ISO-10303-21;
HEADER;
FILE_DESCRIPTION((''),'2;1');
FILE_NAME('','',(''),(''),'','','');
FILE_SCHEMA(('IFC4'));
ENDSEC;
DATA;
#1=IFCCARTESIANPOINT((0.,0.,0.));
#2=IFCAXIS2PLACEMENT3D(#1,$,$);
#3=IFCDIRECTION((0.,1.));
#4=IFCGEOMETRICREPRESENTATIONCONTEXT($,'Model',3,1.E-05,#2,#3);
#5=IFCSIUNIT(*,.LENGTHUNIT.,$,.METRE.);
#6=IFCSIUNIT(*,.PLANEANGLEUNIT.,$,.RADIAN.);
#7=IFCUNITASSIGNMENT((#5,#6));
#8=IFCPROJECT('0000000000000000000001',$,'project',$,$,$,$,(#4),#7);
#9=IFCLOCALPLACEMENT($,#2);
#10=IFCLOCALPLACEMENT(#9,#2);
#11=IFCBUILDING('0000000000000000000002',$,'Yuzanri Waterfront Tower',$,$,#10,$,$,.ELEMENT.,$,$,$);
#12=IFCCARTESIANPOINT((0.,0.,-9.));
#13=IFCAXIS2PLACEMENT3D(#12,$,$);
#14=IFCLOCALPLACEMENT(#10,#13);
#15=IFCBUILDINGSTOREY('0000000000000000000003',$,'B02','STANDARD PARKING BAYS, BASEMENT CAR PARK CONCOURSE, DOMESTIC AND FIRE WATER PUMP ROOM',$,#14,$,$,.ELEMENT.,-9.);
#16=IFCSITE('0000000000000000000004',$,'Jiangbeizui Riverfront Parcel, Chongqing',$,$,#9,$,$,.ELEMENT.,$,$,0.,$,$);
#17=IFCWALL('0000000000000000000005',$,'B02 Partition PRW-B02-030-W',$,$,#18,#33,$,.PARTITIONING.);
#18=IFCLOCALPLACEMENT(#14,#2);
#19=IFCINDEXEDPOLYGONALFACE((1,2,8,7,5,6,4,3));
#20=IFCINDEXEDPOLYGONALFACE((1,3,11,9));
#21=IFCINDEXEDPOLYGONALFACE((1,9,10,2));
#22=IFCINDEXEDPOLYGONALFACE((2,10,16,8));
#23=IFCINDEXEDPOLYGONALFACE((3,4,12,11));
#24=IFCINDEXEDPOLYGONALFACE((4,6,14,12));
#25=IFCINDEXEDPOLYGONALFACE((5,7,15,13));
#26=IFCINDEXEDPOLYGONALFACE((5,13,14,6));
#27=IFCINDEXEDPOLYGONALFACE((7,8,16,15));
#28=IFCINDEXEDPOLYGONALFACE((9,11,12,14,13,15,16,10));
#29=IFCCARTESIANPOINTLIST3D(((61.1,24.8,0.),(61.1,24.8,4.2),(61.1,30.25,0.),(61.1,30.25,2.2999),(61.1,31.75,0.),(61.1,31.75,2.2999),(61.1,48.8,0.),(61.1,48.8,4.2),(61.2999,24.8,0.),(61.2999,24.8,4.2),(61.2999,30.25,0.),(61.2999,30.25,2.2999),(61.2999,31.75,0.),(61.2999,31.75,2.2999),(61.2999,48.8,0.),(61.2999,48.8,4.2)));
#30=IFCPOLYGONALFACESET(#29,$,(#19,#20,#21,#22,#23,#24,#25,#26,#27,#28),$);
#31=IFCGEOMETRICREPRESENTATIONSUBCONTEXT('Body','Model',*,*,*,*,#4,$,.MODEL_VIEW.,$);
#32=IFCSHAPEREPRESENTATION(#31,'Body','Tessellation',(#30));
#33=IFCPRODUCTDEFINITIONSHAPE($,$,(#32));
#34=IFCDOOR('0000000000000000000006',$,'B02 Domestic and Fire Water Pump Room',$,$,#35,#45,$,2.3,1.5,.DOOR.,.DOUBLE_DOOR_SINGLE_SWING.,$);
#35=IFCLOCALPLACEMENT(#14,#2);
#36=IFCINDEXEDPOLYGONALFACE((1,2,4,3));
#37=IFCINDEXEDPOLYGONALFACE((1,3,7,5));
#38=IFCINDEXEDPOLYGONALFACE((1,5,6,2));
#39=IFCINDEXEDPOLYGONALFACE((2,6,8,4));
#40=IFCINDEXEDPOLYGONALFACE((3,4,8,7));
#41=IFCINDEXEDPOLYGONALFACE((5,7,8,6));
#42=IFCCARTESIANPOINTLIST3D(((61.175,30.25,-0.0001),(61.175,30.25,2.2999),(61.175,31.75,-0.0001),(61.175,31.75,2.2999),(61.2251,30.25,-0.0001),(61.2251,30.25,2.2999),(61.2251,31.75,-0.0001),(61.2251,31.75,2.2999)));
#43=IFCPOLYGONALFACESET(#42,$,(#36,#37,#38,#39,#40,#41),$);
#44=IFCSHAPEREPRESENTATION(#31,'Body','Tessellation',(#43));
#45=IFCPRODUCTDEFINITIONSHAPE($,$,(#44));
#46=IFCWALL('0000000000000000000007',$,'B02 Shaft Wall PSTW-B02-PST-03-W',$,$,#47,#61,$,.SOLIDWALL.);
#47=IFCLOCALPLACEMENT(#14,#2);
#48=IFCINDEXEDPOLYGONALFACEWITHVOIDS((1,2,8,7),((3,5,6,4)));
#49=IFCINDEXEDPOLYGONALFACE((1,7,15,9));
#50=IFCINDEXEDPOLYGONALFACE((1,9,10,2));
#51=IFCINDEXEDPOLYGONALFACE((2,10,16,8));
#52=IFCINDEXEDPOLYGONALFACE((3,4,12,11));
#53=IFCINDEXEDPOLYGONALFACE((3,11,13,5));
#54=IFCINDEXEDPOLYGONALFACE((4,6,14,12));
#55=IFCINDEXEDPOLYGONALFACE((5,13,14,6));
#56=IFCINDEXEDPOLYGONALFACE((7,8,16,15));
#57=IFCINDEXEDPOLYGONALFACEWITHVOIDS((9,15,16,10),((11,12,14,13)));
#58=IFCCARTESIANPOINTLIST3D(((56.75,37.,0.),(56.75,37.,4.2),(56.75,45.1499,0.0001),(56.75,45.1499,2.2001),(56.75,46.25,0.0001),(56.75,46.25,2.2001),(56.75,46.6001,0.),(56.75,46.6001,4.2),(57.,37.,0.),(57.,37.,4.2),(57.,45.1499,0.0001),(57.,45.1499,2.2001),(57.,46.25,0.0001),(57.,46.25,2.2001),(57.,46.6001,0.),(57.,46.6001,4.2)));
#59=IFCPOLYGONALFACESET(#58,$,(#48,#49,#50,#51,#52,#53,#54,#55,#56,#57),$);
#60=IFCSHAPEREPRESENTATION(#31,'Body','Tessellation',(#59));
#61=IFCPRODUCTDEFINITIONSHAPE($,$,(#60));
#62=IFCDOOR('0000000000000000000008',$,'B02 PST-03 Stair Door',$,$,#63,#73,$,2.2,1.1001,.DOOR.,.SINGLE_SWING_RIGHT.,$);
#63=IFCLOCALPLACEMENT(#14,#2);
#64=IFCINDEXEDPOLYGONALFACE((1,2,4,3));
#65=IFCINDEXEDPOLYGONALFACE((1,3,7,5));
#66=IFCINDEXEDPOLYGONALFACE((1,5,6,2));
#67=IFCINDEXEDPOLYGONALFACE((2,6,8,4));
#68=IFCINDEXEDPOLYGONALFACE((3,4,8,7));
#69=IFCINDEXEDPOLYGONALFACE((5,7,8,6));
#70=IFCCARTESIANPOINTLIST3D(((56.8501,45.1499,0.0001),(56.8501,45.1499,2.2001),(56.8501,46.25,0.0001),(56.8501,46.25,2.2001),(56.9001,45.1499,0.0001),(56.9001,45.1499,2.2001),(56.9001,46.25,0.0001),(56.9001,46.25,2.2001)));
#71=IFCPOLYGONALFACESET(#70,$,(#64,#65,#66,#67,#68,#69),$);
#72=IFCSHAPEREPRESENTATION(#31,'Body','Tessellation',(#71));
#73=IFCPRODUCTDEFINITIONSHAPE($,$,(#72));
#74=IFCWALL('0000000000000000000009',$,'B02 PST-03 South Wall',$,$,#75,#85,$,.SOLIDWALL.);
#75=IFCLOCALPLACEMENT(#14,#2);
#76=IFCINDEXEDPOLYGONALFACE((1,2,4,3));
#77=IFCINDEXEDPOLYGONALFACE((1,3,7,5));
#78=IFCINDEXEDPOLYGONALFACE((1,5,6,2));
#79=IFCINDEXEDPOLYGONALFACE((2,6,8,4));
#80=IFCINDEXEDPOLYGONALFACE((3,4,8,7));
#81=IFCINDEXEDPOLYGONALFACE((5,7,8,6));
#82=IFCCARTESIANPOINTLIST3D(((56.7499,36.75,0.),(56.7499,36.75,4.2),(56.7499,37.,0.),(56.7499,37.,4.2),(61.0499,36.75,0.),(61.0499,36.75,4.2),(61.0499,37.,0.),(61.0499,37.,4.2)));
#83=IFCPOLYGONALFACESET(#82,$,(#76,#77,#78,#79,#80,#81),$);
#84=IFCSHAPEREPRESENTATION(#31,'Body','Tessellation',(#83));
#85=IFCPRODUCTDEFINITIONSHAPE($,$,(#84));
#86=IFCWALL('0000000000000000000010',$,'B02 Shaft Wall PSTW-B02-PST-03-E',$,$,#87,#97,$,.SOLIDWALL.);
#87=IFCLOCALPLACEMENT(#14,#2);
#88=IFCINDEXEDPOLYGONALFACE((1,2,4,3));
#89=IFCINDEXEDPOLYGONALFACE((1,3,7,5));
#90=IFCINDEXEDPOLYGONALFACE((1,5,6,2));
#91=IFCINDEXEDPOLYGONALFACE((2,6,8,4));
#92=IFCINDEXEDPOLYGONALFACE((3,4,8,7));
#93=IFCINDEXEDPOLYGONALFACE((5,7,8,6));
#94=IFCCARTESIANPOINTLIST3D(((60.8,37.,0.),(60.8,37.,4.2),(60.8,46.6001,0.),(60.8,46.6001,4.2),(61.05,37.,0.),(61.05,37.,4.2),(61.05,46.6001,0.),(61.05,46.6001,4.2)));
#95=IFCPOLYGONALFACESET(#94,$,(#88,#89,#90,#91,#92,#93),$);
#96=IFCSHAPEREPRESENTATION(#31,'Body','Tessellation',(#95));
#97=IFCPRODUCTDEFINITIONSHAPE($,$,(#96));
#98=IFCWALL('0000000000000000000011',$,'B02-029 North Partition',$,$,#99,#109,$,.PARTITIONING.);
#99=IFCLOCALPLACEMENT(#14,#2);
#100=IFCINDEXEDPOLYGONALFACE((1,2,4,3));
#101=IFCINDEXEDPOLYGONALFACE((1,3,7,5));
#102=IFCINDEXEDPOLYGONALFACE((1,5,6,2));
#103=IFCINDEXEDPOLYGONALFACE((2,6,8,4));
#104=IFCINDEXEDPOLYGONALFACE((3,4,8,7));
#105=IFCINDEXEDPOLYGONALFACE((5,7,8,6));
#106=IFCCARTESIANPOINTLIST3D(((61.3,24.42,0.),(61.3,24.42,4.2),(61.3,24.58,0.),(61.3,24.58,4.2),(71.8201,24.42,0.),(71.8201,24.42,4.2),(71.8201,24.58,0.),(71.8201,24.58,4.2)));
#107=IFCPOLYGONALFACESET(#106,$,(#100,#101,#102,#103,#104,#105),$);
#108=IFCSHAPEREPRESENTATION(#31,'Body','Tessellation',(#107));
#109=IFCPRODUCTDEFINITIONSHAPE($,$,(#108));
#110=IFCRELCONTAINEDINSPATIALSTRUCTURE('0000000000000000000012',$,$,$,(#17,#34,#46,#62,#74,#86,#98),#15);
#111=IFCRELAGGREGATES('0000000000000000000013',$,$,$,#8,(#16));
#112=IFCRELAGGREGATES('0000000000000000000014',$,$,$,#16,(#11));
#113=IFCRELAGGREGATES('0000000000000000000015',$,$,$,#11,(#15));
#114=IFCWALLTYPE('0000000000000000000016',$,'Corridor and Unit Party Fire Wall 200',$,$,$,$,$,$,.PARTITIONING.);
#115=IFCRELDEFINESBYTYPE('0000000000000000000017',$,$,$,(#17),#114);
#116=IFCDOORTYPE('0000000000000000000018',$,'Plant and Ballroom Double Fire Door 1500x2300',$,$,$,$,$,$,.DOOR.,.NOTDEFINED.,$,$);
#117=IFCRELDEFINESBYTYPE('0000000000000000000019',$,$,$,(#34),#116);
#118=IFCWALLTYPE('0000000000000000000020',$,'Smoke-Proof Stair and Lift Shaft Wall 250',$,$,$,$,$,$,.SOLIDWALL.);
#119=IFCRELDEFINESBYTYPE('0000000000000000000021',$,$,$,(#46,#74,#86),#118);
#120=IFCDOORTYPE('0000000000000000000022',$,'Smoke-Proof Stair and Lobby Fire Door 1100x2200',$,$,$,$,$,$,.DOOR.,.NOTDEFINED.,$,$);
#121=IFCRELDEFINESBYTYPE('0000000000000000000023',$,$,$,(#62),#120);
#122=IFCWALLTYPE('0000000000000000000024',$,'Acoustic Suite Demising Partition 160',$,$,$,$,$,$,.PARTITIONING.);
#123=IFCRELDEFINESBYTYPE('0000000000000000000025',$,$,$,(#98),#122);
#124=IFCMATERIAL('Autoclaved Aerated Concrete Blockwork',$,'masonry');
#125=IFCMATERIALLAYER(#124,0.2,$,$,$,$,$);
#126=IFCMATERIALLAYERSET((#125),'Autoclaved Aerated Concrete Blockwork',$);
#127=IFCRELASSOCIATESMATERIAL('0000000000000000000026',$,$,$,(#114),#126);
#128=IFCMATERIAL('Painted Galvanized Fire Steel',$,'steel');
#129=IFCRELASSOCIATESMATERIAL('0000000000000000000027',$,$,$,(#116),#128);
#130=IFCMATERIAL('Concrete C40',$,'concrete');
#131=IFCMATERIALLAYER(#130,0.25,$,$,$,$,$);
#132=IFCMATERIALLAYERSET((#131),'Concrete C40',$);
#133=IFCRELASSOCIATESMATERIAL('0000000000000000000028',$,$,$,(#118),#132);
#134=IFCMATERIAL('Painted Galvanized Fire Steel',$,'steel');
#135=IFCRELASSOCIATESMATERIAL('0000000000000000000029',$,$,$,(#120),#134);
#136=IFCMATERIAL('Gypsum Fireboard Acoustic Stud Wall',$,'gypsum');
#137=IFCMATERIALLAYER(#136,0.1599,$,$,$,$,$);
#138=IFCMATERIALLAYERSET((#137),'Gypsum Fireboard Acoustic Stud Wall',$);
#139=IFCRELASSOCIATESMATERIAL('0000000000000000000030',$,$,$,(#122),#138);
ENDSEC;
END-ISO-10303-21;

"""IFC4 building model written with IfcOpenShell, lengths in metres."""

from ifc_helpers import new_model, si_unit, direction, frame, frame_2d, origin, place, context, subcontext, project, spatial, rectangle, extrude, source, transform, mapped, material, layer, layer_set, type_object, element, fill, save


model = new_model("IFC4")

# Units and contexts
model_context = context("Model", 3, precision=1e-05, world=origin(), true_north=direction((0.0, 1.0)))
body_context = subcontext(model_context, "Body", "Model", "MODEL_VIEW")
ifc_project = project(units=[si_unit("LENGTHUNIT", "METRE"), si_unit("PLANEANGLEUNIT", "RADIAN")], contexts=[model_context])

# Site, building, storey
site_placement = place(None, origin())
site = spatial("IfcSite", under=ifc_project, at=site_placement, Name="Jiangbeizui Riverfront Parcel, Chongqing", CompositionType="ELEMENT", RefElevation=0.0)
building_placement = place(site_placement, origin())
building = spatial("IfcBuilding", under=site, at=building_placement, Name="Yuzanri Waterfront Tower", CompositionType="ELEMENT")
storey_placement = place(building_placement, frame((0.0, 0.0, -9.0)))
storey = spatial("IfcBuildingStorey", under=building, at=storey_placement, Name="B02", Description="STANDARD PARKING BAYS, BASEMENT CAR PARK CONCOURSE, DOMESTIC AND FIRE WATER PUMP ROOM", CompositionType="ELEMENT", Elevation=-9.0)

# Walls, openings, doors
ifc_material_1 = material(Name="Autoclaved Aerated Concrete Blockwork", Category="masonry")
ifc_layer_1 = layer(ifc_material_1, 0.2)
ifc_layer_set_1 = layer_set([ifc_layer_1], Name="Autoclaved Aerated Concrete Blockwork")
wall_type_1 = type_object("IfcWallType", Name="Corridor and Unit Party Fire Wall 200", PredefinedType="PARTITIONING", material=ifc_layer_set_1)
wall_1_placement = place(storey_placement, frame((61.2, 24.8, 0.0), z_axis=(0.0, 0.0, 1.0), x_axis=(0.0, 1.0, 0.0)))
wall_1 = element("IfcWall", 1, at=wall_1_placement, inside=storey, type_object=wall_type_1, Name="B02 Partition PRW-B02-030-W", PredefinedType="PARTITIONING", context=body_context, shape_type="SweptSolid", body=[
    extrude(rectangle(XDim=24.0, YDim=0.2, at=frame_2d((12.0, 0.0))), origin(), (0.0, 0.0, 1.0), 4.2),
])
opening_1_placement = place(wall_1_placement, frame((5.45, 0.0, 0.0)))
opening_1 = element("IfcOpeningElement", 2, at=opening_1_placement, cuts=wall_1, PredefinedType="OPENING", context=body_context, shape_type="SweptSolid", body=[
    extrude(rectangle(XDim=1.5, YDim=2.3, at=frame_2d((0.75, 1.1499))), frame((0.0, 0.1147, 0.0), z_axis=(0.0, -1.0, 0.0), x_axis=(1.0, 0.0, 0.0)), (0.0, 0.0, 1.0), 0.2297),
])
ifc_material_2 = material(Name="Painted Galvanized Fire Steel", Category="steel")
door_type_1 = type_object("IfcDoorType", Name="Plant and Ballroom Double Fire Door 1500x2300", OperationType="NOTDEFINED", PredefinedType="DOOR", material=ifc_material_2)
shared_shape_1 = source(origin(), body_context, "Body", "SweptSolid", [
    extrude(rectangle(XDim=1.5, YDim=2.3, at=frame_2d((0.75, 1.1499))), frame((0.0, 0.0249, 0.0), z_axis=(0.0, -1.0, 0.0), x_axis=(1.0, 0.0, 0.0)), (0.0, 0.0, 1.0), 0.05),
])
door_1_placement = place(opening_1_placement, origin())
door_1 = element("IfcDoor", 3, at=door_1_placement, inside=storey, type_object=door_type_1, Name="B02 Domestic and Fire Water Pump Room", OperationType="DOUBLE_DOOR_SINGLE_SWING", OverallHeight=2.3, OverallWidth=1.5, PredefinedType="DOOR", context=body_context, shape_type="MappedRepresentation", body=[
    mapped(shared_shape_1, transform((0.0, 0.0, 0.0), scale=1.0)),
])
fill(opening_1, door_1)
ifc_material_3 = material(Name="Concrete C40", Category="concrete")
ifc_layer_2 = layer(ifc_material_3, 0.25)
ifc_layer_set_2 = layer_set([ifc_layer_2], Name="Concrete C40")
wall_type_2 = type_object("IfcWallType", Name="Smoke-Proof Stair and Lift Shaft Wall 250", PredefinedType="SOLIDWALL", material=ifc_layer_set_2)
wall_2_placement = place(storey_placement, frame((56.875, 37.0, 0.0), z_axis=(0.0, 0.0, 1.0), x_axis=(0.0, 1.0, 0.0)))
wall_2 = element("IfcWall", 4, at=wall_2_placement, inside=storey, type_object=wall_type_2, Name="B02 Shaft Wall PSTW-B02-PST-03-W", PredefinedType="SOLIDWALL", context=body_context, shape_type="SweptSolid", body=[
    extrude(rectangle(XDim=9.6001, YDim=0.25, at=frame_2d((4.8, 0.0))), origin(), (0.0, 0.0, 1.0), 4.2),
])
opening_2_placement = place(wall_2_placement, frame((8.1499, 0.0, 0.0)))
opening_2 = element("IfcOpeningElement", 5, at=opening_2_placement, cuts=wall_2, PredefinedType="OPENING", context=body_context, shape_type="SweptSolid", body=[
    extrude(rectangle(XDim=1.1001, YDim=2.2, at=frame_2d((0.55, 1.1001))), frame((0.0, 0.1399, 0.0), z_axis=(0.0, -1.0, 0.0), x_axis=(1.0, 0.0, 0.0)), (0.0, 0.0, 1.0), 0.2798),
])
ifc_material_4 = material(Name="Painted Galvanized Fire Steel", Category="steel")
door_type_2 = type_object("IfcDoorType", Name="Smoke-Proof Stair and Lobby Fire Door 1100x2200", OperationType="NOTDEFINED", PredefinedType="DOOR", material=ifc_material_4)
shared_shape_2 = source(origin(), body_context, "Body", "SweptSolid", [
    extrude(rectangle(XDim=1.1001, YDim=2.2, at=frame_2d((0.55, 1.1001))), frame((0.0, 0.0249, 0.0), z_axis=(0.0, -1.0, 0.0), x_axis=(1.0, 0.0, 0.0)), (0.0, 0.0, 1.0), 0.05),
])
door_2_placement = place(opening_2_placement, origin())
door_2 = element("IfcDoor", 6, at=door_2_placement, inside=storey, type_object=door_type_2, Name="B02 PST-03 Stair Door", OperationType="SINGLE_SWING_RIGHT", OverallHeight=2.2, OverallWidth=1.1001, PredefinedType="DOOR", context=body_context, shape_type="MappedRepresentation", body=[
    mapped(shared_shape_2, transform((0.0, 0.0, 0.0), scale=1.0)),
])
fill(opening_2, door_2)

# Walls
shared_shape_3 = source(origin(), body_context, "Body", "SweptSolid", [
    extrude(rectangle(XDim=4.3, YDim=0.25, at=frame_2d((2.1499, 0.0))), origin(), (0.0, 0.0, 1.0), 4.2),
])
wall_3_placement = place(storey_placement, frame((56.75, 36.875, 0.0), z_axis=(0.0, 0.0, 1.0), x_axis=(1.0, 0.0, 0.0)))
element("IfcWall", 7, at=wall_3_placement, inside=storey, type_object=wall_type_2, Name="B02 PST-03 South Wall", PredefinedType="SOLIDWALL", context=body_context, shape_type="MappedRepresentation", body=[
    mapped(shared_shape_3, transform((0.0, 0.0, 0.0), scale=1.0)),
])
shared_shape_4 = source(origin(), body_context, "Body", "SweptSolid", [
    extrude(rectangle(XDim=9.6001, YDim=0.25, at=frame_2d((4.8, 0.0))), origin(), (0.0, 0.0, 1.0), 4.2),
])
wall_4_placement = place(storey_placement, frame((60.925, 37.0, 0.0), z_axis=(0.0, 0.0, 1.0), x_axis=(0.0, 1.0, 0.0)))
element("IfcWall", 8, at=wall_4_placement, inside=storey, type_object=wall_type_2, Name="B02 Shaft Wall PSTW-B02-PST-03-E", PredefinedType="SOLIDWALL", context=body_context, shape_type="MappedRepresentation", body=[
    mapped(shared_shape_4, transform((0.0, 0.0, 0.0), scale=1.0)),
])
ifc_material_5 = material(Name="Gypsum Fireboard Acoustic Stud Wall", Category="gypsum")
ifc_layer_3 = layer(ifc_material_5, 0.1599)
ifc_layer_set_3 = layer_set([ifc_layer_3], Name="Gypsum Fireboard Acoustic Stud Wall")
wall_type_3 = type_object("IfcWallType", Name="Acoustic Suite Demising Partition 160", PredefinedType="PARTITIONING", material=ifc_layer_set_3)
shared_shape_5 = source(origin(), body_context, "Body", "SweptSolid", [
    extrude(rectangle(XDim=10.52, YDim=0.1599, at=frame_2d((5.26, 0.0))), origin(), (0.0, 0.0, 1.0), 4.2),
])
wall_5_placement = place(storey_placement, frame((61.3, 24.5, 0.0), z_axis=(0.0, 0.0, 1.0), x_axis=(1.0, 0.0, 0.0)))
element("IfcWall", 9, at=wall_5_placement, inside=storey, type_object=wall_type_3, Name="B02-029 North Partition", PredefinedType="PARTITIONING", context=body_context, shape_type="MappedRepresentation", body=[
    mapped(shared_shape_5, transform((0.0, 0.0, 0.0), scale=1.0)),
])

save(model, "model.ifc")
